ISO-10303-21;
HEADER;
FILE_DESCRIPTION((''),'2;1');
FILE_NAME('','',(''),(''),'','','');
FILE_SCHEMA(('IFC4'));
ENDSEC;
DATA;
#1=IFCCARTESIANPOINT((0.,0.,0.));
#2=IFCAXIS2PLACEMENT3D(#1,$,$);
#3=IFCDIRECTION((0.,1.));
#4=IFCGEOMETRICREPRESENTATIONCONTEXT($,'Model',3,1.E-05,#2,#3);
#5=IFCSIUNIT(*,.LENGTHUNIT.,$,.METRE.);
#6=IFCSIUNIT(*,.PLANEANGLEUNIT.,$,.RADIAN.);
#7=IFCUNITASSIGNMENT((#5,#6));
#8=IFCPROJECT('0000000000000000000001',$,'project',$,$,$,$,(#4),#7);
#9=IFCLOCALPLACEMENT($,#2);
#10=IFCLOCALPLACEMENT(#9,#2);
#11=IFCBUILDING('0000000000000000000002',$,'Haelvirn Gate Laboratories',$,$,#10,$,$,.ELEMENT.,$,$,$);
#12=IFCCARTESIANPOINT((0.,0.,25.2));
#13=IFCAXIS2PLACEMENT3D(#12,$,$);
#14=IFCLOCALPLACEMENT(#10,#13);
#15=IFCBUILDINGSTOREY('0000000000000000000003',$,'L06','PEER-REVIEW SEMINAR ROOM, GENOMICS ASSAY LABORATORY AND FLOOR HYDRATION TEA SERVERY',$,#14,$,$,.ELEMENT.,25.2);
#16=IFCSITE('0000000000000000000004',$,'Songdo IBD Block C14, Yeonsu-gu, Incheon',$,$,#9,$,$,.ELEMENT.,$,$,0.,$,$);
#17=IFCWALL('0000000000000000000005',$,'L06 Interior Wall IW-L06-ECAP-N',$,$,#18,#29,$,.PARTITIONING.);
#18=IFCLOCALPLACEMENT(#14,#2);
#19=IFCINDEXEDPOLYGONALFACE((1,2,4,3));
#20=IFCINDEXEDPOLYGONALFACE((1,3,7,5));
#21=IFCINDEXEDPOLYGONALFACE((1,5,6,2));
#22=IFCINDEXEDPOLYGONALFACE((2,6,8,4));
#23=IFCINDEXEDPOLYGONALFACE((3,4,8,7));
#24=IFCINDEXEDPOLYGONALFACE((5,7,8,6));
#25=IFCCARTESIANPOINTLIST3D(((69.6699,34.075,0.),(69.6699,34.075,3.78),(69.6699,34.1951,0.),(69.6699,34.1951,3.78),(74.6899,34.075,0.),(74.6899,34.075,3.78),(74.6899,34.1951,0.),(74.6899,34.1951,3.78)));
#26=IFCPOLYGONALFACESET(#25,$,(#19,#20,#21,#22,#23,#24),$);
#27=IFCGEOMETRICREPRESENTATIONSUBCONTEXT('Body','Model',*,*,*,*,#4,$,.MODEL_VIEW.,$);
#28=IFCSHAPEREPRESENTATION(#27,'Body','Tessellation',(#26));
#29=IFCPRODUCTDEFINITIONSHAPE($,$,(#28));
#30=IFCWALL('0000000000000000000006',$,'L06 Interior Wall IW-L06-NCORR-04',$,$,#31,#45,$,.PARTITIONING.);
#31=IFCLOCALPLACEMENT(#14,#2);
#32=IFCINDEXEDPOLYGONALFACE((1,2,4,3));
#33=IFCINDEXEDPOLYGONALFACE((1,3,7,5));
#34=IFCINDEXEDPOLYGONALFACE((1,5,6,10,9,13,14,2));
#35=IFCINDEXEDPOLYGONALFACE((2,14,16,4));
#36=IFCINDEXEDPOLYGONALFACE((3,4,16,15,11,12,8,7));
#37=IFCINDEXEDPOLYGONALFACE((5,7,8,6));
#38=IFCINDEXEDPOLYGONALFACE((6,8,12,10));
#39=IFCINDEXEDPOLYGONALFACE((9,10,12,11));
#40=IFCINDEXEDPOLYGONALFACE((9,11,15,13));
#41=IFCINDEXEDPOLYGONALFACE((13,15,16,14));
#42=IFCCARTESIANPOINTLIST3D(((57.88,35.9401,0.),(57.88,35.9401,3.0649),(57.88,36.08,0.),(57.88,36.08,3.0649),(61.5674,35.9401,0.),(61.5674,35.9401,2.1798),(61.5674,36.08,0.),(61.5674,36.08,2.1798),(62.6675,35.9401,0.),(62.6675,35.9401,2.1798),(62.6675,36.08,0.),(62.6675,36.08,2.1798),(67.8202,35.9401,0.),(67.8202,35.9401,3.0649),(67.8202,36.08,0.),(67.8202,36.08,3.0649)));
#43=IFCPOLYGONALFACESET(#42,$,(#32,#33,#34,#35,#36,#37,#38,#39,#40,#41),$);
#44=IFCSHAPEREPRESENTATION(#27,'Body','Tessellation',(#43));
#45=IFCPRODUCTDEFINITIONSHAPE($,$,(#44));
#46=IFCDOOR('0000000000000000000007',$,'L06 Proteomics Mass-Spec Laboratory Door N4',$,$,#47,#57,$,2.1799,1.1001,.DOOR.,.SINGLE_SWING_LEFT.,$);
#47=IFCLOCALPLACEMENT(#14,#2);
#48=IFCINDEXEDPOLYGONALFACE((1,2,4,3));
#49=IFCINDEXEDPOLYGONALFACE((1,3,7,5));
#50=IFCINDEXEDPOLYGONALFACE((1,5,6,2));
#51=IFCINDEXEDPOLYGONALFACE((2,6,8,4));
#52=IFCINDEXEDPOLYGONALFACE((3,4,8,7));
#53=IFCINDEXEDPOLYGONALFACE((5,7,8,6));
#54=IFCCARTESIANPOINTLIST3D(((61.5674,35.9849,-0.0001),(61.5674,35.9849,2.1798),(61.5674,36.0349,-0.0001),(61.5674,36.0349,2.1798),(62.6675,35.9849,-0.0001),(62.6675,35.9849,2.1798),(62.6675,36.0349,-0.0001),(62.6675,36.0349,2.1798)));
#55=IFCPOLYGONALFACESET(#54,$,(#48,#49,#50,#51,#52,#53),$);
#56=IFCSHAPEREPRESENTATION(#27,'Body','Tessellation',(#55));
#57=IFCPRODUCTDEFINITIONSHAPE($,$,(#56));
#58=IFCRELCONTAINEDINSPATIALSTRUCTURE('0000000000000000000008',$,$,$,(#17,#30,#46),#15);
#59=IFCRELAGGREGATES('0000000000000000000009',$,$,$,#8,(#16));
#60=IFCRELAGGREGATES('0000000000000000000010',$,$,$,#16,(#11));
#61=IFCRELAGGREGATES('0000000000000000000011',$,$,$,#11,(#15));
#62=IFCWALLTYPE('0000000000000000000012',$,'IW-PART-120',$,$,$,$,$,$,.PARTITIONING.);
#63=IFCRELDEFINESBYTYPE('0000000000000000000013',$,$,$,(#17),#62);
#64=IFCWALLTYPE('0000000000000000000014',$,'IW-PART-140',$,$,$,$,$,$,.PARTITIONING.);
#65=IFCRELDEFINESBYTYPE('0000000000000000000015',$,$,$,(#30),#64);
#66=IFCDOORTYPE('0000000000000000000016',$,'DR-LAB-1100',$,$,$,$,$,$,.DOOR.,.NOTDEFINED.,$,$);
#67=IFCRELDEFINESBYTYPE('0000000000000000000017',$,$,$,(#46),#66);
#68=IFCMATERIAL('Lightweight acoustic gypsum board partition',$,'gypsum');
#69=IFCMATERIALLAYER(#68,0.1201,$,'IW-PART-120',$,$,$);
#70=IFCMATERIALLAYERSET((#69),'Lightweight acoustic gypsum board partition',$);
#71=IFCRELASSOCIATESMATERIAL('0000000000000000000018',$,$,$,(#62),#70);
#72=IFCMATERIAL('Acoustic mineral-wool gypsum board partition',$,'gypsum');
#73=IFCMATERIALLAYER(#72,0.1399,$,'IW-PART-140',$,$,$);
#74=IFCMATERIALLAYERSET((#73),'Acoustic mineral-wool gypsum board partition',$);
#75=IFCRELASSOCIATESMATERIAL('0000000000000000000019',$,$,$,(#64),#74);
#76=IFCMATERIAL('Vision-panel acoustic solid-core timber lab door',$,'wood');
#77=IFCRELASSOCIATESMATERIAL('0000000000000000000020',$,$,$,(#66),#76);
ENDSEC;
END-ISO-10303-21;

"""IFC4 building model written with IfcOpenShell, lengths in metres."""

from ifc_helpers import new_model, si_unit, direction, frame, frame_2d, origin, place, context, subcontext, project, spatial, rectangle, extrude, source, transform, mapped, material, layer, layer_set, type_object, type_shapes, element, fill, save


model = new_model("IFC4")

# Units and contexts
model_context = context("Model", 3, precision=1e-05, world=origin(), true_north=direction((0.0, 1.0)))
body_context = subcontext(model_context, "Body", "Model", "MODEL_VIEW")
ifc_project = project(units=[si_unit("LENGTHUNIT", "METRE"), si_unit("PLANEANGLEUNIT", "RADIAN")], contexts=[model_context])

# Site, building, storey
site_placement = place(None, origin())
site = spatial("IfcSite", under=ifc_project, at=site_placement, Name="Songdo IBD Block C14, Yeonsu-gu, Incheon", CompositionType="ELEMENT", RefElevation=0.0)
building_placement = place(site_placement, origin())
building = spatial("IfcBuilding", under=site, at=building_placement, Name="Haelvirn Gate Laboratories", CompositionType="ELEMENT")
storey_placement = place(building_placement, frame((0.0, 0.0, 25.2)))
storey = spatial("IfcBuildingStorey", under=building, at=storey_placement, Name="L06", Description="PEER-REVIEW SEMINAR ROOM, GENOMICS ASSAY LABORATORY AND FLOOR HYDRATION TEA SERVERY", CompositionType="ELEMENT", Elevation=25.2)

# Wall
ifc_material_1 = material(Name="Lightweight acoustic gypsum board partition", Category="gypsum")
ifc_layer_1 = layer(ifc_material_1, 0.1201, Name="IW-PART-120")
ifc_layer_set_1 = layer_set([ifc_layer_1], Name="Lightweight acoustic gypsum board partition")
wall_type_1 = type_object("IfcWallType", Name="IW-PART-120", PredefinedType="PARTITIONING", material=ifc_layer_set_1)
wall_1_placement = place(storey_placement, frame((69.6699, 34.135, 0.0), z_axis=(0.0, 0.0, 1.0), x_axis=(1.0, 0.0, 0.0)))
element("IfcWall", 1, at=wall_1_placement, inside=storey, type_object=wall_type_1, Name="L06 Interior Wall IW-L06-ECAP-N", PredefinedType="PARTITIONING", context=body_context, shape_type="SweptSolid", body=[
    extrude(rectangle(XDim=5.02, YDim=0.1201, at=frame_2d((2.51, 0.0))), origin(), (0.0, 0.0, 1.0), 3.78),
])

# Wall, opening, door
ifc_material_2 = material(Name="Acoustic mineral-wool gypsum board partition", Category="gypsum")
ifc_layer_2 = layer(ifc_material_2, 0.1399, Name="IW-PART-140")
ifc_layer_set_2 = layer_set([ifc_layer_2], Name="Acoustic mineral-wool gypsum board partition")
wall_type_2 = type_object("IfcWallType", Name="IW-PART-140", PredefinedType="PARTITIONING", material=ifc_layer_set_2)
wall_2_placement = place(storey_placement, frame((57.8799, 36.01, 0.0), z_axis=(0.0, 0.0, 1.0), x_axis=(1.0, 0.0, 0.0)))
wall_2 = element("IfcWall", 2, at=wall_2_placement, inside=storey, type_object=wall_type_2, Name="L06 Interior Wall IW-L06-NCORR-04", PredefinedType="PARTITIONING", context=body_context, shape_type="SweptSolid", body=[
    extrude(rectangle(XDim=9.9402, YDim=0.1399, at=frame_2d((4.9702, 0.0))), origin(), (0.0, 0.0, 1.0), 3.0649),
])
opening_placement = place(wall_2_placement, frame((3.6875, 0.0, 0.0)))
opening = element("IfcOpeningElement", 3, at=opening_placement, cuts=wall_2, PredefinedType="OPENING", context=body_context, shape_type="SweptSolid", body=[
    extrude(rectangle(XDim=1.1001, YDim=2.1799, at=frame_2d((0.55, 1.0898))), frame((0.0, 0.0801, 0.0), z_axis=(0.0, -1.0, 0.0), x_axis=(1.0, 0.0, 0.0)), (0.0, 0.0, 1.0), 0.1599),
])
ifc_material_3 = material(Name="Vision-panel acoustic solid-core timber lab door", Category="wood")
door_type = type_object("IfcDoorType", Name="DR-LAB-1100", OperationType="NOTDEFINED", PredefinedType="DOOR", material=ifc_material_3)
shared_shape_1 = source(origin(), body_context, "Body", "SweptSolid", [
    extrude(rectangle(XDim=1.1001, YDim=2.1799, at=frame_2d((0.55, 1.0898))), frame((0.0, 0.0249, 0.0), z_axis=(0.0, -1.0, 0.0), x_axis=(1.0, 0.0, 0.0)), (0.0, 0.0, 1.0), 0.05),
])
type_shapes(door_type, [shared_shape_1])
door_placement = place(opening_placement, origin())
door = element("IfcDoor", 4, at=door_placement, inside=storey, type_object=door_type, Name="L06 Proteomics Mass-Spec Laboratory Door N4", OperationType="SINGLE_SWING_LEFT", OverallHeight=2.1799, OverallWidth=1.1001, PredefinedType="DOOR", context=body_context, shape_type="MappedRepresentation", body=[
    mapped(shared_shape_1, transform((0.0, 0.0, 0.0), scale=1.0)),
])
fill(opening, door)

save(model, "model.ifc")
